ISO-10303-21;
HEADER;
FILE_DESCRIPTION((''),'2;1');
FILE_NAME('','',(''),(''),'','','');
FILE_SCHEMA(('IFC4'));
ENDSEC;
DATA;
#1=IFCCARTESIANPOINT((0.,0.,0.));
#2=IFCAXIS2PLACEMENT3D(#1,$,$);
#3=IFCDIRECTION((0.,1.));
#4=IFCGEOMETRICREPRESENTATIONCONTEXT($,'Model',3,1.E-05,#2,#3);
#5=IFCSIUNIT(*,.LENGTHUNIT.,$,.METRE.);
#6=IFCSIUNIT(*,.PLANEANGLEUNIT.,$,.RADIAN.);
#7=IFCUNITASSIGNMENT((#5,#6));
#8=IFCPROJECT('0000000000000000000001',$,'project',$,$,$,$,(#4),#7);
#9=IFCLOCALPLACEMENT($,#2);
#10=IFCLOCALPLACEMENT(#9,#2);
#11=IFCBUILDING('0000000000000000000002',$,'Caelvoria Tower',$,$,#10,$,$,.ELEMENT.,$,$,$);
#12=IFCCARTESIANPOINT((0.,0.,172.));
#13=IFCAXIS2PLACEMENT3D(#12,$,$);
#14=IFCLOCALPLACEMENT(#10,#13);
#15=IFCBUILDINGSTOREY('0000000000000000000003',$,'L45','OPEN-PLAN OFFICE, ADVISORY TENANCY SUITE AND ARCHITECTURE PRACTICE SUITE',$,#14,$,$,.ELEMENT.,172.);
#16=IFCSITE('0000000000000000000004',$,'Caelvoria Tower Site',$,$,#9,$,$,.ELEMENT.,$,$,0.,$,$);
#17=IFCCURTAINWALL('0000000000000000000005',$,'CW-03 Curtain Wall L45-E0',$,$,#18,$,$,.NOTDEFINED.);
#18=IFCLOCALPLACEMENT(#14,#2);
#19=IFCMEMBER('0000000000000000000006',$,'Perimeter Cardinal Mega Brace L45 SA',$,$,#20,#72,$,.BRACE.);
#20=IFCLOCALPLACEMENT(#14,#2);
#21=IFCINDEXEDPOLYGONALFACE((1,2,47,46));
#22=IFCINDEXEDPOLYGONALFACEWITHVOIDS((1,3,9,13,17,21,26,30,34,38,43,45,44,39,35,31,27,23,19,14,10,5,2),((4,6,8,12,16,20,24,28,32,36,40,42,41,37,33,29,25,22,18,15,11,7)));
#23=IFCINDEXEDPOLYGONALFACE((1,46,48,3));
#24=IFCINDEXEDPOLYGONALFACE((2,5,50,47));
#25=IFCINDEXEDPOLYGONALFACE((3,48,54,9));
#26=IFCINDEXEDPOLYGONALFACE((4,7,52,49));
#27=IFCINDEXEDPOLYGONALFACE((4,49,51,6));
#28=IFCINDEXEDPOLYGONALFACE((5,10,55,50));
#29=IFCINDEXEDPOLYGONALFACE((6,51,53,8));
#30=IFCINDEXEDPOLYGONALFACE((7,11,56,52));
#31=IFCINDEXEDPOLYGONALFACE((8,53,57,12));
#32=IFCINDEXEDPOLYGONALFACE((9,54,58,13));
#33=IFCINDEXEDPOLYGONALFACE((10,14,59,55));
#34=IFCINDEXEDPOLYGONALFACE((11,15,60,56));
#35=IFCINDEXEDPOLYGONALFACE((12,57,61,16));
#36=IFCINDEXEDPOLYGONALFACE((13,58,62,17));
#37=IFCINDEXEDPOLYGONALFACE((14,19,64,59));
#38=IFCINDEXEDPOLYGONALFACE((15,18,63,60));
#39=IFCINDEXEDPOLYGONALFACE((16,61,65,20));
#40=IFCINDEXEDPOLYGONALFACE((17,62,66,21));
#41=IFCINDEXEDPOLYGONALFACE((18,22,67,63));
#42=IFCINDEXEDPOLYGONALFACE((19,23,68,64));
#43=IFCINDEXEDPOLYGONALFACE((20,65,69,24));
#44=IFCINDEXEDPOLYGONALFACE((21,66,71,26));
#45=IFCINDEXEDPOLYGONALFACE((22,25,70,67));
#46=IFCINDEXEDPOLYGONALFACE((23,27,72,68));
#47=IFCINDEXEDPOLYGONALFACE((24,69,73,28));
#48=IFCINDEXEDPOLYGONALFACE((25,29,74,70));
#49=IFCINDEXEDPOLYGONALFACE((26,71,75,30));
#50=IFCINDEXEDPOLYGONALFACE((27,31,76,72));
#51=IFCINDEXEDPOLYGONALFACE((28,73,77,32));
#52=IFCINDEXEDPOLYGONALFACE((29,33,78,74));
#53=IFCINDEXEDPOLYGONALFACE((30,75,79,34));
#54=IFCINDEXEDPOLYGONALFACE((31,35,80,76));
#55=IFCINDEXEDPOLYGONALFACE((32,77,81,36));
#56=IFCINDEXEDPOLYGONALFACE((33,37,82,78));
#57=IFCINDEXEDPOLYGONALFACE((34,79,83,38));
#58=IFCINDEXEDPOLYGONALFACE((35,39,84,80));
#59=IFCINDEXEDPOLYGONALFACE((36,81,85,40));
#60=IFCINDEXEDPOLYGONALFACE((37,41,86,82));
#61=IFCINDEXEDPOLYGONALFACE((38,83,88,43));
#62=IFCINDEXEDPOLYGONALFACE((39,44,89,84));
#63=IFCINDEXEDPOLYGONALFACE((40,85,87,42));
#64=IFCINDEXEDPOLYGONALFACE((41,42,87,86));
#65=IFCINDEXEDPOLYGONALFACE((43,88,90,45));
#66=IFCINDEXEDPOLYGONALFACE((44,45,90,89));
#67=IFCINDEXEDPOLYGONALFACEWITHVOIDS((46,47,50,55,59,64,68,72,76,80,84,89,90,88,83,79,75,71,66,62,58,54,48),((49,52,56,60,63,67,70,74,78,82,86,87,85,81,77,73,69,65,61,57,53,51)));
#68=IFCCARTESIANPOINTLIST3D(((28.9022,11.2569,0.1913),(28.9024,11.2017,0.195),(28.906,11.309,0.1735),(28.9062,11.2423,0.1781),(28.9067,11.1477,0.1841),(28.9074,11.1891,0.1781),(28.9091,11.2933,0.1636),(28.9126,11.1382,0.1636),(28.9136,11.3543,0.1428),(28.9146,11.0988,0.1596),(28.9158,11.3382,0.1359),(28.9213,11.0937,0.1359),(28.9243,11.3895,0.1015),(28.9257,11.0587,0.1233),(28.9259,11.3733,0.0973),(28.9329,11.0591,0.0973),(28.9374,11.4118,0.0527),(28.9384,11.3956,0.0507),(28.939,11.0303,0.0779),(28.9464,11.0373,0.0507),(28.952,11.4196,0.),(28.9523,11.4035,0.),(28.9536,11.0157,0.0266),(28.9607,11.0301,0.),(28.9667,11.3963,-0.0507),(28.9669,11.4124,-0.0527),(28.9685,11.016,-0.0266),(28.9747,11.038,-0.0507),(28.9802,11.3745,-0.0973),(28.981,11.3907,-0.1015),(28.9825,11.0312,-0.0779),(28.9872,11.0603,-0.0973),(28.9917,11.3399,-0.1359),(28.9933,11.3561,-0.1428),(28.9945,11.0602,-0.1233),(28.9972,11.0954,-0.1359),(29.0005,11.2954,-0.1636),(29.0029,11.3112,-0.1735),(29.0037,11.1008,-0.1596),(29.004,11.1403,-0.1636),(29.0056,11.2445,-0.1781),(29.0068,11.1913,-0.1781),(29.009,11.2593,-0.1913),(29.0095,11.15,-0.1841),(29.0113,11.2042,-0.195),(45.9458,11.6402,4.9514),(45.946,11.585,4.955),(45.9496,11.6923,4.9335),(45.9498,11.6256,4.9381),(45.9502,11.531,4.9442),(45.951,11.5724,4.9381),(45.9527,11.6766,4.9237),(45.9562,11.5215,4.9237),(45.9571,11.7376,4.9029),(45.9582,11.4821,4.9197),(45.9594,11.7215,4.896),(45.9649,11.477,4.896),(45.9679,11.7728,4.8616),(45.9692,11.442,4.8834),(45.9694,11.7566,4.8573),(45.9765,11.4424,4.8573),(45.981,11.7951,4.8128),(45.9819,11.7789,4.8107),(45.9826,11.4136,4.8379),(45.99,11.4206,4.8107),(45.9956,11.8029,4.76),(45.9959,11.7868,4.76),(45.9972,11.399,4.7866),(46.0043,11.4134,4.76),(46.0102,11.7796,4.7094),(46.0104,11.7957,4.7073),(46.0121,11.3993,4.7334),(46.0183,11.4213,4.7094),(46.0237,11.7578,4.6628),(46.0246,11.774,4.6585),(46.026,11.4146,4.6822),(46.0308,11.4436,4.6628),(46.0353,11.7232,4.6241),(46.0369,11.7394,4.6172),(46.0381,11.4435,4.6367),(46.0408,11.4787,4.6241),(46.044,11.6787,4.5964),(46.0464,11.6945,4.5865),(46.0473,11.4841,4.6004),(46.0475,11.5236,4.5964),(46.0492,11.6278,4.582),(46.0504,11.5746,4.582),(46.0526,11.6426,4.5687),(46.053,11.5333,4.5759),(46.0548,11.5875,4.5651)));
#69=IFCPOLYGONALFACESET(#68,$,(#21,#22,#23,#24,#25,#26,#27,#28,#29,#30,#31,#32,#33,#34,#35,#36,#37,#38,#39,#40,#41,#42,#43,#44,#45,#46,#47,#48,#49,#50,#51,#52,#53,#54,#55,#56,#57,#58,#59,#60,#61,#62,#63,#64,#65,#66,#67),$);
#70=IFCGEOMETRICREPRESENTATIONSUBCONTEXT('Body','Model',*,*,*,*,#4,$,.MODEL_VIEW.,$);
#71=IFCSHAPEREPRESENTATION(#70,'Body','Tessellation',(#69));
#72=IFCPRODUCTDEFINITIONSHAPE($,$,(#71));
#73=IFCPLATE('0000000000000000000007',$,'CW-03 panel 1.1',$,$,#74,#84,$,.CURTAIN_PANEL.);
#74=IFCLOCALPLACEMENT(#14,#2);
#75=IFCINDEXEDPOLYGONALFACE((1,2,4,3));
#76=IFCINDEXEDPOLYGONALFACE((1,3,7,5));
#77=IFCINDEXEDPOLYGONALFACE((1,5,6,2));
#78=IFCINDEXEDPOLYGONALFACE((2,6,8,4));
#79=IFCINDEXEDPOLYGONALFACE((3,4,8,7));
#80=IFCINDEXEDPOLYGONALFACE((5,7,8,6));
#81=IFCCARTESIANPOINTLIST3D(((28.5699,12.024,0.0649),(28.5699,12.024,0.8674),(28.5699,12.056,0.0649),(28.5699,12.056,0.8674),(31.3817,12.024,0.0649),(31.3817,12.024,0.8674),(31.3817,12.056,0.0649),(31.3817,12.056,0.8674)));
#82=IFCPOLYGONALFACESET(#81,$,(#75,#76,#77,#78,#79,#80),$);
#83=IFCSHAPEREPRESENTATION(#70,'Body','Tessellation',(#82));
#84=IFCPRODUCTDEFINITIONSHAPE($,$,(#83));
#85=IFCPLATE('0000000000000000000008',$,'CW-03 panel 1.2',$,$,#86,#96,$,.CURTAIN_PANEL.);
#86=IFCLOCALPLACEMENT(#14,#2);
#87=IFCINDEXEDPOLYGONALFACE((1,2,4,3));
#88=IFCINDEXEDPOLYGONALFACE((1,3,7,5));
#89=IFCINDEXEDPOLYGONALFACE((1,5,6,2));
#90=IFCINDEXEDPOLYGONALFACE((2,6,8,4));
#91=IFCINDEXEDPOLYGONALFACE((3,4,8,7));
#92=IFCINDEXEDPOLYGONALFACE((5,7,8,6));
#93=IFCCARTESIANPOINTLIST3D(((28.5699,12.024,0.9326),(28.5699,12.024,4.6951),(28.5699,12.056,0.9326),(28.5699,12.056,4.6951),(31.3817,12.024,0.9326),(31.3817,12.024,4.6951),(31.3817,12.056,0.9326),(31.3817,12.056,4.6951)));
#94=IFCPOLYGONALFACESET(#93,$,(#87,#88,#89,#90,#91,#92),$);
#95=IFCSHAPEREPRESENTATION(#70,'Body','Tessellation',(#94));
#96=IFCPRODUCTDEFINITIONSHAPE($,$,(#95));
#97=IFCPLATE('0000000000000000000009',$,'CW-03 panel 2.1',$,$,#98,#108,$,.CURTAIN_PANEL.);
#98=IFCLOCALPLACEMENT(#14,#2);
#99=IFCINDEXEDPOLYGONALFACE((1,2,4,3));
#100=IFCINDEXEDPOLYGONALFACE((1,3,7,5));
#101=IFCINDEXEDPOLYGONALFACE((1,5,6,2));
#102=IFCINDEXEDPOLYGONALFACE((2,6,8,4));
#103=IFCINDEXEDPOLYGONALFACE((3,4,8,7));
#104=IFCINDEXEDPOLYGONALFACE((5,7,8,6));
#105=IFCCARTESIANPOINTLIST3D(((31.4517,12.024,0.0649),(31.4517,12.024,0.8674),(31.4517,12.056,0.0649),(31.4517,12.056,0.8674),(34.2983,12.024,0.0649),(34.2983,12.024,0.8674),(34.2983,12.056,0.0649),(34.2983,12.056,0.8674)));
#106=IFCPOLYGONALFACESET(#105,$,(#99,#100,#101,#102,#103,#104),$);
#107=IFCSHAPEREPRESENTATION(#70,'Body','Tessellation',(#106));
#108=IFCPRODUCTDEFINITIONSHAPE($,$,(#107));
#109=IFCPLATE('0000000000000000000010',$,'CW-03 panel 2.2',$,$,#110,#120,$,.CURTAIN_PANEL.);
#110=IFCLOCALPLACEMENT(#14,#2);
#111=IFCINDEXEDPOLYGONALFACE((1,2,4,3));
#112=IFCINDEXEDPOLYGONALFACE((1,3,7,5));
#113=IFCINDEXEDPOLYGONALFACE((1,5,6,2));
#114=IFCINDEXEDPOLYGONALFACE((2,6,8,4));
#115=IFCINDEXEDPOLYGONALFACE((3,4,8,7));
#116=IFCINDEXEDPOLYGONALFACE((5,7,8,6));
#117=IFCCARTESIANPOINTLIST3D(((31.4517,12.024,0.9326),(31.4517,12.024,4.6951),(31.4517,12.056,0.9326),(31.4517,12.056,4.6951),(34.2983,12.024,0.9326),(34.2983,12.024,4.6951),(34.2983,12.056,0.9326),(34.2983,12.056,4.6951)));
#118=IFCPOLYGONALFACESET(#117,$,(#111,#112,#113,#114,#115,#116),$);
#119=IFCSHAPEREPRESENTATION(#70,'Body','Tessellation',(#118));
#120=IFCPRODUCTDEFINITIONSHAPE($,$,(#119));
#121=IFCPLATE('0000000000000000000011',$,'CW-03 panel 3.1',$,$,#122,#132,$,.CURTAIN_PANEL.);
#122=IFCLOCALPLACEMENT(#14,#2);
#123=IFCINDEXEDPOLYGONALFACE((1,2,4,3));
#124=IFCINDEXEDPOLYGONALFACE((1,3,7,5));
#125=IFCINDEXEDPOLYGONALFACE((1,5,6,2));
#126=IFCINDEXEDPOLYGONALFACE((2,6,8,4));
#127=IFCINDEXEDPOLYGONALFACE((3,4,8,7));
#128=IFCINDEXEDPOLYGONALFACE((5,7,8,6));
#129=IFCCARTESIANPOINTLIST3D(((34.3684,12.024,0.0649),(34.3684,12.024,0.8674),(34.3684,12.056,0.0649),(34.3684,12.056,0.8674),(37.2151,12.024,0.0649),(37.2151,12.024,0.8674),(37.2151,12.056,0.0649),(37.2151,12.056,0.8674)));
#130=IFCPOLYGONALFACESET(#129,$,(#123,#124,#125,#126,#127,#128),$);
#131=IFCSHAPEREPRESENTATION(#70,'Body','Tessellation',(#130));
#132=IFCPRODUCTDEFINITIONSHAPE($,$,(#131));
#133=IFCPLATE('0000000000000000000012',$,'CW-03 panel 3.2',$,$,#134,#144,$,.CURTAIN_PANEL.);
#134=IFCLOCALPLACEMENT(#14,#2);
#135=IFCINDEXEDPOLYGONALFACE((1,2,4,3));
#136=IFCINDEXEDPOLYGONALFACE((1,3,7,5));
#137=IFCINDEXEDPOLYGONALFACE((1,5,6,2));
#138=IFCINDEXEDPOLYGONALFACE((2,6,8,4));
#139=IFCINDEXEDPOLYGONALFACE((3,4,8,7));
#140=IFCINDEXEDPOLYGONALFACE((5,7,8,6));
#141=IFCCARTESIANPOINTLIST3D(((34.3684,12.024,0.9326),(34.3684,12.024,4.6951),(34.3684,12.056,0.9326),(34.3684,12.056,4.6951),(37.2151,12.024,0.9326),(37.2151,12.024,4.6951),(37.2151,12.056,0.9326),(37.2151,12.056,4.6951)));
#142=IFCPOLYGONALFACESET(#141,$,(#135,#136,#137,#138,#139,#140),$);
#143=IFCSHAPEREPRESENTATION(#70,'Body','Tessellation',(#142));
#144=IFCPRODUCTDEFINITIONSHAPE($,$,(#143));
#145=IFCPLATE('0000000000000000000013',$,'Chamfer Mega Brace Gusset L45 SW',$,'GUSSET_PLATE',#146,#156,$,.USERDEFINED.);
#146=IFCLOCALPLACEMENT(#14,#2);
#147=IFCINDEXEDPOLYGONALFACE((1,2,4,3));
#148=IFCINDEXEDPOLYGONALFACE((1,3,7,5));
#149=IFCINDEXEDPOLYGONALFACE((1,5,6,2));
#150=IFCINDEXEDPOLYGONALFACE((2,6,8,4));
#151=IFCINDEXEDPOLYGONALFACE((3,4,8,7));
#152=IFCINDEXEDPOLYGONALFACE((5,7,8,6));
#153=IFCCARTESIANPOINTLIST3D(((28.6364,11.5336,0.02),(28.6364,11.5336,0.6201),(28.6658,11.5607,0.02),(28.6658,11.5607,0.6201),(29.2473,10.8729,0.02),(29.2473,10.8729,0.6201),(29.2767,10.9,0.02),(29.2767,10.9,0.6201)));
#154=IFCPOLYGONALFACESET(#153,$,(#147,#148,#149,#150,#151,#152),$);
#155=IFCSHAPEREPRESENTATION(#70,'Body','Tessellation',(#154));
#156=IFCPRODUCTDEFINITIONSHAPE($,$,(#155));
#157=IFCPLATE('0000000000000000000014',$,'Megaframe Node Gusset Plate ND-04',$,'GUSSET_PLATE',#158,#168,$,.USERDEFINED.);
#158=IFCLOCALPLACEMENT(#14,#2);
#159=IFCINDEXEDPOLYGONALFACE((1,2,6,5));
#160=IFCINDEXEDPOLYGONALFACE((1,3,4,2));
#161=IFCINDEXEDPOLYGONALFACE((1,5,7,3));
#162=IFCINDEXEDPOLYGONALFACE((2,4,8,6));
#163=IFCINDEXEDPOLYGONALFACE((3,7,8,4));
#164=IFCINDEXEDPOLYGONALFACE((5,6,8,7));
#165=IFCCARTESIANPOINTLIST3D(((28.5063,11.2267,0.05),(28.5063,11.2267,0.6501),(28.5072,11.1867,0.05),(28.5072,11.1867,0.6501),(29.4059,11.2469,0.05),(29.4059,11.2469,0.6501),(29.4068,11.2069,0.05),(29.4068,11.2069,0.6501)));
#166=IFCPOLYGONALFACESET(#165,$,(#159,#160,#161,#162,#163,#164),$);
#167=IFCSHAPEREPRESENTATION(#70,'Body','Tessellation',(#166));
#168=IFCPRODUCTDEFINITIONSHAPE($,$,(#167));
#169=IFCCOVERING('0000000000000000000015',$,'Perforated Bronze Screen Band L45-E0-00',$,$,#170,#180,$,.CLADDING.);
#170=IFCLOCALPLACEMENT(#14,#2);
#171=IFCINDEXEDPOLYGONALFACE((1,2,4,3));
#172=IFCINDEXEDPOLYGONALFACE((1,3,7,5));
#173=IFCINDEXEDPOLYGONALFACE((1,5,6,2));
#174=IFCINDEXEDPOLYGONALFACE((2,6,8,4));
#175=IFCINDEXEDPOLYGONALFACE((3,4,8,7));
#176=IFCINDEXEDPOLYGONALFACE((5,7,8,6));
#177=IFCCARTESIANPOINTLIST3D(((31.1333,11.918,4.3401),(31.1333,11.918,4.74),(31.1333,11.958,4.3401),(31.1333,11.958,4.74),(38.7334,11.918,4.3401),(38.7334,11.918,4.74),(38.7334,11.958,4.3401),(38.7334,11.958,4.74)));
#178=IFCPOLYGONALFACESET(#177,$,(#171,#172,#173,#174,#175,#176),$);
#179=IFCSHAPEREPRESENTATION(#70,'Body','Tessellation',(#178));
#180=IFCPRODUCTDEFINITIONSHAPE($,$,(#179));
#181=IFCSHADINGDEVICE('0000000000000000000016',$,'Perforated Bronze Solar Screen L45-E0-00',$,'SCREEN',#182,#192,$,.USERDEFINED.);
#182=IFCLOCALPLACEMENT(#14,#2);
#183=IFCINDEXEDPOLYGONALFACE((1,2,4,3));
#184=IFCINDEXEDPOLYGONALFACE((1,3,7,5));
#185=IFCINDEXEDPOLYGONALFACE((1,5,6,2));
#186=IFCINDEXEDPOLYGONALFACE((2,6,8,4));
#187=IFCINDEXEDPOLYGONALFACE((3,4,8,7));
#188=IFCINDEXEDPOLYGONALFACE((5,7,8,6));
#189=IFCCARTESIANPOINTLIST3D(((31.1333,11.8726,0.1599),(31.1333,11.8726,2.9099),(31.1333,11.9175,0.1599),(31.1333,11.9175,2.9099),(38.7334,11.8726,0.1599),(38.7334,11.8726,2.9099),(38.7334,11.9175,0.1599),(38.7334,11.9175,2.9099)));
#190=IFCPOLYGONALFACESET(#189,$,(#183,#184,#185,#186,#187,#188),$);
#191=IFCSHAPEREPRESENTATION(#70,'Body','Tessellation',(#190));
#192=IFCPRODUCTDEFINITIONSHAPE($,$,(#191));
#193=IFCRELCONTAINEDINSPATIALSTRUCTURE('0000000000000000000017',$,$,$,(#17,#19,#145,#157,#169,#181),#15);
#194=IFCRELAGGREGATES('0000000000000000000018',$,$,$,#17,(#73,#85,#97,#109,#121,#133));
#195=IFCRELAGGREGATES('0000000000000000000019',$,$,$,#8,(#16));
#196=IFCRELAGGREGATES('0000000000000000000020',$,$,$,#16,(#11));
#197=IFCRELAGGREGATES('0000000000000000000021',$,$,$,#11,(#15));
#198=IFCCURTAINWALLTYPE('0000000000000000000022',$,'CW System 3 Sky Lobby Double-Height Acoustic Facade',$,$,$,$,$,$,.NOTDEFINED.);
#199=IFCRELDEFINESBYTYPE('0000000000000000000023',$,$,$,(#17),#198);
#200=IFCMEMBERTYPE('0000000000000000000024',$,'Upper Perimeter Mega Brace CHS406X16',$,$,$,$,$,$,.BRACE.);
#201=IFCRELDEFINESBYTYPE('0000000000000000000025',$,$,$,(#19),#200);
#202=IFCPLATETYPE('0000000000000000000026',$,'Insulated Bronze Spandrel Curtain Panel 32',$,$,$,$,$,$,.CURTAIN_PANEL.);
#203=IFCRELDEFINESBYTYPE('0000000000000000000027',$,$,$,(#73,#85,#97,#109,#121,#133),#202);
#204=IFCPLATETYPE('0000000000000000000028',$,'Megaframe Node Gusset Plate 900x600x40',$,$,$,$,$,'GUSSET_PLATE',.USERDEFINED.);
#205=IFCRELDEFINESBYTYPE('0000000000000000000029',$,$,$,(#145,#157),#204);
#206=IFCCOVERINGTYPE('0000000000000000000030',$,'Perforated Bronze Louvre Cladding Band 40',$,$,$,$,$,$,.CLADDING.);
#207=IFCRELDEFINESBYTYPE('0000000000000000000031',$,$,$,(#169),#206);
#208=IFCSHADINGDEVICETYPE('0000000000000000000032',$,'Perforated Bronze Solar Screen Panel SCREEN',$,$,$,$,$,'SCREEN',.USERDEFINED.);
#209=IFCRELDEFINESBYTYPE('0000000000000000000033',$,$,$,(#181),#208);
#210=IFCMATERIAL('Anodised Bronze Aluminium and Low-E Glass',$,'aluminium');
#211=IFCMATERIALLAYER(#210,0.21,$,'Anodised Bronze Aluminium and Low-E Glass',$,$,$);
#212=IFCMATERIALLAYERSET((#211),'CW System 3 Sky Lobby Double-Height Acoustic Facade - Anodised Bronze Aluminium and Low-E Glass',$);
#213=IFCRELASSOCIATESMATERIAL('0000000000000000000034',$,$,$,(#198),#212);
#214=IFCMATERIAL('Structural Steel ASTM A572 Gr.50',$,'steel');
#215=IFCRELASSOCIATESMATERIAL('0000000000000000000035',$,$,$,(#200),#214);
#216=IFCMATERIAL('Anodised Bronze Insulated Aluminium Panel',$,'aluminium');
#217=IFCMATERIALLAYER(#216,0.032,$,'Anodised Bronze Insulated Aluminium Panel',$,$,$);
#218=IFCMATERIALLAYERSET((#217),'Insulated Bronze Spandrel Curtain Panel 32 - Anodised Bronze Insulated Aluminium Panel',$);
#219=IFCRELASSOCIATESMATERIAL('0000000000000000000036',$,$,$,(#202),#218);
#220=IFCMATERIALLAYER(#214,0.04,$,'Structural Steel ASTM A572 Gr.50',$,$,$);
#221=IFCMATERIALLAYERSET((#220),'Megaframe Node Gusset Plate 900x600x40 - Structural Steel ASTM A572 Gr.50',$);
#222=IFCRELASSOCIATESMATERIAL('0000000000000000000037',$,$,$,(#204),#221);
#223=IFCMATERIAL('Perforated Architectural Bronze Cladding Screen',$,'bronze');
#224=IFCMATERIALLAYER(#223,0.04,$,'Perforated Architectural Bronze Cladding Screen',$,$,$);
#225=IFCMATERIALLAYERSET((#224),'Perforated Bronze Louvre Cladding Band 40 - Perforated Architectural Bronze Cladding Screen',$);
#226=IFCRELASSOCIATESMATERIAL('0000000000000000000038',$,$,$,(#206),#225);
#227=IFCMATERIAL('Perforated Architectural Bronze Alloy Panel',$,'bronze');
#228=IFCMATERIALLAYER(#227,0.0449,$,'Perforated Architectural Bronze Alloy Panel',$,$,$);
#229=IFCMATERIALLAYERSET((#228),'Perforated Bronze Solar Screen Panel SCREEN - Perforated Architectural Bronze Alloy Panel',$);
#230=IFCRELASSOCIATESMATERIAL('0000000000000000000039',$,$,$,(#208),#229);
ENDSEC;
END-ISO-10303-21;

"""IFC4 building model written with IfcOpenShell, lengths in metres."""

from ifc_helpers import new_model, si_unit, direction, frame, origin, origin_2d, place, context, subcontext, project, spatial, rectangle, hollow_circle, extrude, material, layer, layer_set, material_profile, profile_set, type_object, element, aggregate, save


model = new_model("IFC4")

# Units and contexts
model_context = context("Model", 3, precision=1e-05, world=origin(), true_north=direction((0.0, 1.0)))
body_context = subcontext(model_context, "Body", "Model", "MODEL_VIEW")
ifc_project = project(units=[si_unit("LENGTHUNIT", "METRE"), si_unit("PLANEANGLEUNIT", "RADIAN")], contexts=[model_context])

# Site, building, storey
site_placement = place(None, origin())
site = spatial("IfcSite", under=ifc_project, at=site_placement, Name="Caelvoria Tower Site", CompositionType="ELEMENT", RefElevation=0.0)
building_placement = place(site_placement, origin())
building = spatial("IfcBuilding", under=site, at=building_placement, Name="Caelvoria Tower", CompositionType="ELEMENT")
storey_placement = place(building_placement, frame((0.0, 0.0, 172.0)))
storey = spatial("IfcBuildingStorey", under=building, at=storey_placement, Name="L45", Description="OPEN-PLAN OFFICE, ADVISORY TENANCY SUITE AND ARCHITECTURE PRACTICE SUITE", CompositionType="ELEMENT", Elevation=172.0)

# Shared definitions
ifc_material_1 = material(Name="Structural Steel ASTM A572 Gr.50", Category="steel")

# Curtain wall
ifc_material_2 = material(Name="Anodised Bronze Aluminium and Low-E Glass", Category="aluminium")
ifc_layer_1 = layer(ifc_material_2, 0.21, Name="Anodised Bronze Aluminium and Low-E Glass")
ifc_layer_set_1 = layer_set([ifc_layer_1], Name="CW System 3 Sky Lobby Double-Height Acoustic Facade - Anodised Bronze Aluminium and Low-E Glass")
curtain_wall_type = type_object("IfcCurtainWallType", Name="CW System 3 Sky Lobby Double-Height Acoustic Facade", PredefinedType="NOTDEFINED", material=ifc_layer_set_1)
curtain_wall_1_placement = place(storey_placement, origin())
curtain_wall_1 = element("IfcCurtainWall", 1, at=curtain_wall_1_placement, inside=storey, type_object=curtain_wall_type, Name="CW-03 Curtain Wall L45-E0", PredefinedType="NOTDEFINED")

# Member
ifc_material_profile_1 = material_profile(ifc_material_1, hollow_circle(Radius=0.2029, WallThickness=0.0161, at=origin_2d()), Name="Structural Steel ASTM A572 Gr.50")
ifc_profile_set_1 = profile_set([ifc_material_profile_1], Name="CHS406X16 - Structural Steel ASTM A572 Gr.50")
member_type_1 = type_object("IfcMemberType", Name="Upper Perimeter Mega Brace CHS406X16", PredefinedType="BRACE", material=ifc_profile_set_1)
member_1_placement = place(storey_placement, frame((28.9565, 11.2168, 0.0), z_axis=(0.962916, 0.021656, 0.26893), x_axis=(-0.022484, 0.999747, 0.0)))
element("IfcMember", 2, at=member_1_placement, inside=storey, type_object=member_type_1, Name="Perimeter Cardinal Mega Brace L45 SA", PredefinedType="BRACE", context=body_context, shape_type="SweptSolid", body=[
    extrude(hollow_circle(Radius=0.2029, WallThickness=0.0161, at=origin_2d()), origin(), (0.0, 0.0, 1.0), 17.7),
])

# Plates
ifc_material_3 = material(Name="Anodised Bronze Insulated Aluminium Panel", Category="aluminium")
ifc_layer_2 = layer(ifc_material_3, 0.032, Name="Anodised Bronze Insulated Aluminium Panel")
ifc_layer_set_2 = layer_set([ifc_layer_2], Name="Insulated Bronze Spandrel Curtain Panel 32 - Anodised Bronze Insulated Aluminium Panel")
plate_type_1 = type_object("IfcPlateType", Name="Insulated Bronze Spandrel Curtain Panel 32", PredefinedType="CURTAIN_PANEL", material=ifc_layer_set_2)
plate_1_placement = place(storey_placement, frame((29.9758, 12.04, 0.0649), z_axis=(0.0, 0.0, 1.0), x_axis=(1.0, 0.0, 0.0)))
plate_1 = element("IfcPlate", 3, at=plate_1_placement, type_object=plate_type_1, Name="CW-03 panel 1.1", PredefinedType="CURTAIN_PANEL", context=body_context, shape_type="SweptSolid", body=[
    extrude(rectangle(XDim=2.8118, YDim=0.032, at=origin_2d()), origin(), (0.0, 0.0, 1.0), 0.8025),
])
plate_2_placement = place(storey_placement, frame((29.9758, 12.04, 0.9326), z_axis=(0.0, 0.0, 1.0), x_axis=(1.0, 0.0, 0.0)))
plate_2 = element("IfcPlate", 4, at=plate_2_placement, type_object=plate_type_1, Name="CW-03 panel 1.2", PredefinedType="CURTAIN_PANEL", context=body_context, shape_type="SweptSolid", body=[
    extrude(rectangle(XDim=2.8118, YDim=0.032, at=origin_2d()), origin(), (0.0, 0.0, 1.0), 3.7625),
])
plate_3_placement = place(storey_placement, frame((32.875, 12.04, 0.0649), z_axis=(0.0, 0.0, 1.0), x_axis=(1.0, 0.0, 0.0)))
plate_3 = element("IfcPlate", 5, at=plate_3_placement, type_object=plate_type_1, Name="CW-03 panel 2.1", PredefinedType="CURTAIN_PANEL", context=body_context, shape_type="SweptSolid", body=[
    extrude(rectangle(XDim=2.8467, YDim=0.032, at=origin_2d()), origin(), (0.0, 0.0, 1.0), 0.8025),
])
plate_4_placement = place(storey_placement, frame((32.875, 12.04, 0.9326), z_axis=(0.0, 0.0, 1.0), x_axis=(1.0, 0.0, 0.0)))
plate_4 = element("IfcPlate", 6, at=plate_4_placement, type_object=plate_type_1, Name="CW-03 panel 2.2", PredefinedType="CURTAIN_PANEL", context=body_context, shape_type="SweptSolid", body=[
    extrude(rectangle(XDim=2.8467, YDim=0.032, at=origin_2d()), origin(), (0.0, 0.0, 1.0), 3.7625),
])
plate_5_placement = place(storey_placement, frame((35.7917, 12.04, 0.0649), z_axis=(0.0, 0.0, 1.0), x_axis=(1.0, 0.0, 0.0)))
plate_5 = element("IfcPlate", 7, at=plate_5_placement, type_object=plate_type_1, Name="CW-03 panel 3.1", PredefinedType="CURTAIN_PANEL", context=body_context, shape_type="SweptSolid", body=[
    extrude(rectangle(XDim=2.8467, YDim=0.032, at=origin_2d()), origin(), (0.0, 0.0, 1.0), 0.8025),
])
plate_6_placement = place(storey_placement, frame((35.7917, 12.04, 0.9326), z_axis=(0.0, 0.0, 1.0), x_axis=(1.0, 0.0, 0.0)))
plate_6 = element("IfcPlate", 8, at=plate_6_placement, type_object=plate_type_1, Name="CW-03 panel 3.2", PredefinedType="CURTAIN_PANEL", context=body_context, shape_type="SweptSolid", body=[
    extrude(rectangle(XDim=2.8467, YDim=0.032, at=origin_2d()), origin(), (0.0, 0.0, 1.0), 3.7625),
])
aggregate(curtain_wall_1, [plate_1, plate_2, plate_3, plate_4, plate_5, plate_6])

# Plates
ifc_layer_3 = layer(ifc_material_1, 0.04, Name="Structural Steel ASTM A572 Gr.50")
ifc_layer_set_3 = layer_set([ifc_layer_3], Name="Megaframe Node Gusset Plate 900x600x40 - Structural Steel ASTM A572 Gr.50")
plate_type_2 = type_object("IfcPlateType", Name="Megaframe Node Gusset Plate 900x600x40", ElementType="GUSSET_PLATE", PredefinedType="USERDEFINED", material=ifc_layer_set_3)
for number, where, z_axis, x_axis, name in (
    (9, (28.9565, 11.2168, 0.02), (0.0, 0.0, 1.0), (-0.678931, 0.734202, 0.0), "Chamfer Mega Brace Gusset L45 SW"),
    (10, (28.9565, 11.2168, 0.05), (0.0, 0.0, 1.0), (0.999747, 0.022483, 0.0), "Megaframe Node Gusset Plate ND-04"),
):
    element("IfcPlate", number, at=place(storey_placement, frame(where, z_axis=z_axis, x_axis=x_axis)), inside=storey, type_object=plate_type_2, Name=name, ObjectType="GUSSET_PLATE", PredefinedType="USERDEFINED", context=body_context, shape_type="SweptSolid", body=[
        extrude(rectangle(XDim=0.8999, YDim=0.04, at=origin_2d()), origin(), (0.0, 0.0, 1.0), 0.6001),
    ])

# Covering
ifc_material_4 = material(Name="Perforated Architectural Bronze Cladding Screen", Category="bronze")
ifc_layer_4 = layer(ifc_material_4, 0.04, Name="Perforated Architectural Bronze Cladding Screen")
ifc_layer_set_4 = layer_set([ifc_layer_4], Name="Perforated Bronze Louvre Cladding Band 40 - Perforated Architectural Bronze Cladding Screen")
covering_type = type_object("IfcCoveringType", Name="Perforated Bronze Louvre Cladding Band 40", PredefinedType="CLADDING", material=ifc_layer_set_4)
covering_placement = place(storey_placement, frame((34.9333, 11.938, 4.3401), z_axis=(0.0, 0.0, 1.0), x_axis=(1.0, 0.0, 0.0)))
element("IfcCovering", 11, at=covering_placement, inside=storey, type_object=covering_type, Name="Perforated Bronze Screen Band L45-E0-00", PredefinedType="CLADDING", context=body_context, shape_type="SweptSolid", body=[
    extrude(rectangle(XDim=7.6001, YDim=0.04, at=origin_2d()), origin(), (0.0, 0.0, 1.0), 0.3999),
])

# Shading device
ifc_material_5 = material(Name="Perforated Architectural Bronze Alloy Panel", Category="bronze")
ifc_layer_5 = layer(ifc_material_5, 0.0449, Name="Perforated Architectural Bronze Alloy Panel")
ifc_layer_set_5 = layer_set([ifc_layer_5], Name="Perforated Bronze Solar Screen Panel SCREEN - Perforated Architectural Bronze Alloy Panel")
shading_device_type = type_object("IfcShadingDeviceType", Name="Perforated Bronze Solar Screen Panel SCREEN", ElementType="SCREEN", PredefinedType="USERDEFINED", material=ifc_layer_set_5)
shading_device_placement = place(storey_placement, frame((34.9333, 11.895, 0.1599), z_axis=(0.0, 0.0, 1.0), x_axis=(1.0, 0.0, 0.0)))
element("IfcShadingDevice", 12, at=shading_device_placement, inside=storey, type_object=shading_device_type, Name="Perforated Bronze Solar Screen L45-E0-00", ObjectType="SCREEN", PredefinedType="USERDEFINED", context=body_context, shape_type="SweptSolid", body=[
    extrude(rectangle(XDim=7.6001, YDim=0.0449, at=origin_2d()), origin(), (0.0, 0.0, 1.0), 2.75),
])

save(model, "model.ifc")
